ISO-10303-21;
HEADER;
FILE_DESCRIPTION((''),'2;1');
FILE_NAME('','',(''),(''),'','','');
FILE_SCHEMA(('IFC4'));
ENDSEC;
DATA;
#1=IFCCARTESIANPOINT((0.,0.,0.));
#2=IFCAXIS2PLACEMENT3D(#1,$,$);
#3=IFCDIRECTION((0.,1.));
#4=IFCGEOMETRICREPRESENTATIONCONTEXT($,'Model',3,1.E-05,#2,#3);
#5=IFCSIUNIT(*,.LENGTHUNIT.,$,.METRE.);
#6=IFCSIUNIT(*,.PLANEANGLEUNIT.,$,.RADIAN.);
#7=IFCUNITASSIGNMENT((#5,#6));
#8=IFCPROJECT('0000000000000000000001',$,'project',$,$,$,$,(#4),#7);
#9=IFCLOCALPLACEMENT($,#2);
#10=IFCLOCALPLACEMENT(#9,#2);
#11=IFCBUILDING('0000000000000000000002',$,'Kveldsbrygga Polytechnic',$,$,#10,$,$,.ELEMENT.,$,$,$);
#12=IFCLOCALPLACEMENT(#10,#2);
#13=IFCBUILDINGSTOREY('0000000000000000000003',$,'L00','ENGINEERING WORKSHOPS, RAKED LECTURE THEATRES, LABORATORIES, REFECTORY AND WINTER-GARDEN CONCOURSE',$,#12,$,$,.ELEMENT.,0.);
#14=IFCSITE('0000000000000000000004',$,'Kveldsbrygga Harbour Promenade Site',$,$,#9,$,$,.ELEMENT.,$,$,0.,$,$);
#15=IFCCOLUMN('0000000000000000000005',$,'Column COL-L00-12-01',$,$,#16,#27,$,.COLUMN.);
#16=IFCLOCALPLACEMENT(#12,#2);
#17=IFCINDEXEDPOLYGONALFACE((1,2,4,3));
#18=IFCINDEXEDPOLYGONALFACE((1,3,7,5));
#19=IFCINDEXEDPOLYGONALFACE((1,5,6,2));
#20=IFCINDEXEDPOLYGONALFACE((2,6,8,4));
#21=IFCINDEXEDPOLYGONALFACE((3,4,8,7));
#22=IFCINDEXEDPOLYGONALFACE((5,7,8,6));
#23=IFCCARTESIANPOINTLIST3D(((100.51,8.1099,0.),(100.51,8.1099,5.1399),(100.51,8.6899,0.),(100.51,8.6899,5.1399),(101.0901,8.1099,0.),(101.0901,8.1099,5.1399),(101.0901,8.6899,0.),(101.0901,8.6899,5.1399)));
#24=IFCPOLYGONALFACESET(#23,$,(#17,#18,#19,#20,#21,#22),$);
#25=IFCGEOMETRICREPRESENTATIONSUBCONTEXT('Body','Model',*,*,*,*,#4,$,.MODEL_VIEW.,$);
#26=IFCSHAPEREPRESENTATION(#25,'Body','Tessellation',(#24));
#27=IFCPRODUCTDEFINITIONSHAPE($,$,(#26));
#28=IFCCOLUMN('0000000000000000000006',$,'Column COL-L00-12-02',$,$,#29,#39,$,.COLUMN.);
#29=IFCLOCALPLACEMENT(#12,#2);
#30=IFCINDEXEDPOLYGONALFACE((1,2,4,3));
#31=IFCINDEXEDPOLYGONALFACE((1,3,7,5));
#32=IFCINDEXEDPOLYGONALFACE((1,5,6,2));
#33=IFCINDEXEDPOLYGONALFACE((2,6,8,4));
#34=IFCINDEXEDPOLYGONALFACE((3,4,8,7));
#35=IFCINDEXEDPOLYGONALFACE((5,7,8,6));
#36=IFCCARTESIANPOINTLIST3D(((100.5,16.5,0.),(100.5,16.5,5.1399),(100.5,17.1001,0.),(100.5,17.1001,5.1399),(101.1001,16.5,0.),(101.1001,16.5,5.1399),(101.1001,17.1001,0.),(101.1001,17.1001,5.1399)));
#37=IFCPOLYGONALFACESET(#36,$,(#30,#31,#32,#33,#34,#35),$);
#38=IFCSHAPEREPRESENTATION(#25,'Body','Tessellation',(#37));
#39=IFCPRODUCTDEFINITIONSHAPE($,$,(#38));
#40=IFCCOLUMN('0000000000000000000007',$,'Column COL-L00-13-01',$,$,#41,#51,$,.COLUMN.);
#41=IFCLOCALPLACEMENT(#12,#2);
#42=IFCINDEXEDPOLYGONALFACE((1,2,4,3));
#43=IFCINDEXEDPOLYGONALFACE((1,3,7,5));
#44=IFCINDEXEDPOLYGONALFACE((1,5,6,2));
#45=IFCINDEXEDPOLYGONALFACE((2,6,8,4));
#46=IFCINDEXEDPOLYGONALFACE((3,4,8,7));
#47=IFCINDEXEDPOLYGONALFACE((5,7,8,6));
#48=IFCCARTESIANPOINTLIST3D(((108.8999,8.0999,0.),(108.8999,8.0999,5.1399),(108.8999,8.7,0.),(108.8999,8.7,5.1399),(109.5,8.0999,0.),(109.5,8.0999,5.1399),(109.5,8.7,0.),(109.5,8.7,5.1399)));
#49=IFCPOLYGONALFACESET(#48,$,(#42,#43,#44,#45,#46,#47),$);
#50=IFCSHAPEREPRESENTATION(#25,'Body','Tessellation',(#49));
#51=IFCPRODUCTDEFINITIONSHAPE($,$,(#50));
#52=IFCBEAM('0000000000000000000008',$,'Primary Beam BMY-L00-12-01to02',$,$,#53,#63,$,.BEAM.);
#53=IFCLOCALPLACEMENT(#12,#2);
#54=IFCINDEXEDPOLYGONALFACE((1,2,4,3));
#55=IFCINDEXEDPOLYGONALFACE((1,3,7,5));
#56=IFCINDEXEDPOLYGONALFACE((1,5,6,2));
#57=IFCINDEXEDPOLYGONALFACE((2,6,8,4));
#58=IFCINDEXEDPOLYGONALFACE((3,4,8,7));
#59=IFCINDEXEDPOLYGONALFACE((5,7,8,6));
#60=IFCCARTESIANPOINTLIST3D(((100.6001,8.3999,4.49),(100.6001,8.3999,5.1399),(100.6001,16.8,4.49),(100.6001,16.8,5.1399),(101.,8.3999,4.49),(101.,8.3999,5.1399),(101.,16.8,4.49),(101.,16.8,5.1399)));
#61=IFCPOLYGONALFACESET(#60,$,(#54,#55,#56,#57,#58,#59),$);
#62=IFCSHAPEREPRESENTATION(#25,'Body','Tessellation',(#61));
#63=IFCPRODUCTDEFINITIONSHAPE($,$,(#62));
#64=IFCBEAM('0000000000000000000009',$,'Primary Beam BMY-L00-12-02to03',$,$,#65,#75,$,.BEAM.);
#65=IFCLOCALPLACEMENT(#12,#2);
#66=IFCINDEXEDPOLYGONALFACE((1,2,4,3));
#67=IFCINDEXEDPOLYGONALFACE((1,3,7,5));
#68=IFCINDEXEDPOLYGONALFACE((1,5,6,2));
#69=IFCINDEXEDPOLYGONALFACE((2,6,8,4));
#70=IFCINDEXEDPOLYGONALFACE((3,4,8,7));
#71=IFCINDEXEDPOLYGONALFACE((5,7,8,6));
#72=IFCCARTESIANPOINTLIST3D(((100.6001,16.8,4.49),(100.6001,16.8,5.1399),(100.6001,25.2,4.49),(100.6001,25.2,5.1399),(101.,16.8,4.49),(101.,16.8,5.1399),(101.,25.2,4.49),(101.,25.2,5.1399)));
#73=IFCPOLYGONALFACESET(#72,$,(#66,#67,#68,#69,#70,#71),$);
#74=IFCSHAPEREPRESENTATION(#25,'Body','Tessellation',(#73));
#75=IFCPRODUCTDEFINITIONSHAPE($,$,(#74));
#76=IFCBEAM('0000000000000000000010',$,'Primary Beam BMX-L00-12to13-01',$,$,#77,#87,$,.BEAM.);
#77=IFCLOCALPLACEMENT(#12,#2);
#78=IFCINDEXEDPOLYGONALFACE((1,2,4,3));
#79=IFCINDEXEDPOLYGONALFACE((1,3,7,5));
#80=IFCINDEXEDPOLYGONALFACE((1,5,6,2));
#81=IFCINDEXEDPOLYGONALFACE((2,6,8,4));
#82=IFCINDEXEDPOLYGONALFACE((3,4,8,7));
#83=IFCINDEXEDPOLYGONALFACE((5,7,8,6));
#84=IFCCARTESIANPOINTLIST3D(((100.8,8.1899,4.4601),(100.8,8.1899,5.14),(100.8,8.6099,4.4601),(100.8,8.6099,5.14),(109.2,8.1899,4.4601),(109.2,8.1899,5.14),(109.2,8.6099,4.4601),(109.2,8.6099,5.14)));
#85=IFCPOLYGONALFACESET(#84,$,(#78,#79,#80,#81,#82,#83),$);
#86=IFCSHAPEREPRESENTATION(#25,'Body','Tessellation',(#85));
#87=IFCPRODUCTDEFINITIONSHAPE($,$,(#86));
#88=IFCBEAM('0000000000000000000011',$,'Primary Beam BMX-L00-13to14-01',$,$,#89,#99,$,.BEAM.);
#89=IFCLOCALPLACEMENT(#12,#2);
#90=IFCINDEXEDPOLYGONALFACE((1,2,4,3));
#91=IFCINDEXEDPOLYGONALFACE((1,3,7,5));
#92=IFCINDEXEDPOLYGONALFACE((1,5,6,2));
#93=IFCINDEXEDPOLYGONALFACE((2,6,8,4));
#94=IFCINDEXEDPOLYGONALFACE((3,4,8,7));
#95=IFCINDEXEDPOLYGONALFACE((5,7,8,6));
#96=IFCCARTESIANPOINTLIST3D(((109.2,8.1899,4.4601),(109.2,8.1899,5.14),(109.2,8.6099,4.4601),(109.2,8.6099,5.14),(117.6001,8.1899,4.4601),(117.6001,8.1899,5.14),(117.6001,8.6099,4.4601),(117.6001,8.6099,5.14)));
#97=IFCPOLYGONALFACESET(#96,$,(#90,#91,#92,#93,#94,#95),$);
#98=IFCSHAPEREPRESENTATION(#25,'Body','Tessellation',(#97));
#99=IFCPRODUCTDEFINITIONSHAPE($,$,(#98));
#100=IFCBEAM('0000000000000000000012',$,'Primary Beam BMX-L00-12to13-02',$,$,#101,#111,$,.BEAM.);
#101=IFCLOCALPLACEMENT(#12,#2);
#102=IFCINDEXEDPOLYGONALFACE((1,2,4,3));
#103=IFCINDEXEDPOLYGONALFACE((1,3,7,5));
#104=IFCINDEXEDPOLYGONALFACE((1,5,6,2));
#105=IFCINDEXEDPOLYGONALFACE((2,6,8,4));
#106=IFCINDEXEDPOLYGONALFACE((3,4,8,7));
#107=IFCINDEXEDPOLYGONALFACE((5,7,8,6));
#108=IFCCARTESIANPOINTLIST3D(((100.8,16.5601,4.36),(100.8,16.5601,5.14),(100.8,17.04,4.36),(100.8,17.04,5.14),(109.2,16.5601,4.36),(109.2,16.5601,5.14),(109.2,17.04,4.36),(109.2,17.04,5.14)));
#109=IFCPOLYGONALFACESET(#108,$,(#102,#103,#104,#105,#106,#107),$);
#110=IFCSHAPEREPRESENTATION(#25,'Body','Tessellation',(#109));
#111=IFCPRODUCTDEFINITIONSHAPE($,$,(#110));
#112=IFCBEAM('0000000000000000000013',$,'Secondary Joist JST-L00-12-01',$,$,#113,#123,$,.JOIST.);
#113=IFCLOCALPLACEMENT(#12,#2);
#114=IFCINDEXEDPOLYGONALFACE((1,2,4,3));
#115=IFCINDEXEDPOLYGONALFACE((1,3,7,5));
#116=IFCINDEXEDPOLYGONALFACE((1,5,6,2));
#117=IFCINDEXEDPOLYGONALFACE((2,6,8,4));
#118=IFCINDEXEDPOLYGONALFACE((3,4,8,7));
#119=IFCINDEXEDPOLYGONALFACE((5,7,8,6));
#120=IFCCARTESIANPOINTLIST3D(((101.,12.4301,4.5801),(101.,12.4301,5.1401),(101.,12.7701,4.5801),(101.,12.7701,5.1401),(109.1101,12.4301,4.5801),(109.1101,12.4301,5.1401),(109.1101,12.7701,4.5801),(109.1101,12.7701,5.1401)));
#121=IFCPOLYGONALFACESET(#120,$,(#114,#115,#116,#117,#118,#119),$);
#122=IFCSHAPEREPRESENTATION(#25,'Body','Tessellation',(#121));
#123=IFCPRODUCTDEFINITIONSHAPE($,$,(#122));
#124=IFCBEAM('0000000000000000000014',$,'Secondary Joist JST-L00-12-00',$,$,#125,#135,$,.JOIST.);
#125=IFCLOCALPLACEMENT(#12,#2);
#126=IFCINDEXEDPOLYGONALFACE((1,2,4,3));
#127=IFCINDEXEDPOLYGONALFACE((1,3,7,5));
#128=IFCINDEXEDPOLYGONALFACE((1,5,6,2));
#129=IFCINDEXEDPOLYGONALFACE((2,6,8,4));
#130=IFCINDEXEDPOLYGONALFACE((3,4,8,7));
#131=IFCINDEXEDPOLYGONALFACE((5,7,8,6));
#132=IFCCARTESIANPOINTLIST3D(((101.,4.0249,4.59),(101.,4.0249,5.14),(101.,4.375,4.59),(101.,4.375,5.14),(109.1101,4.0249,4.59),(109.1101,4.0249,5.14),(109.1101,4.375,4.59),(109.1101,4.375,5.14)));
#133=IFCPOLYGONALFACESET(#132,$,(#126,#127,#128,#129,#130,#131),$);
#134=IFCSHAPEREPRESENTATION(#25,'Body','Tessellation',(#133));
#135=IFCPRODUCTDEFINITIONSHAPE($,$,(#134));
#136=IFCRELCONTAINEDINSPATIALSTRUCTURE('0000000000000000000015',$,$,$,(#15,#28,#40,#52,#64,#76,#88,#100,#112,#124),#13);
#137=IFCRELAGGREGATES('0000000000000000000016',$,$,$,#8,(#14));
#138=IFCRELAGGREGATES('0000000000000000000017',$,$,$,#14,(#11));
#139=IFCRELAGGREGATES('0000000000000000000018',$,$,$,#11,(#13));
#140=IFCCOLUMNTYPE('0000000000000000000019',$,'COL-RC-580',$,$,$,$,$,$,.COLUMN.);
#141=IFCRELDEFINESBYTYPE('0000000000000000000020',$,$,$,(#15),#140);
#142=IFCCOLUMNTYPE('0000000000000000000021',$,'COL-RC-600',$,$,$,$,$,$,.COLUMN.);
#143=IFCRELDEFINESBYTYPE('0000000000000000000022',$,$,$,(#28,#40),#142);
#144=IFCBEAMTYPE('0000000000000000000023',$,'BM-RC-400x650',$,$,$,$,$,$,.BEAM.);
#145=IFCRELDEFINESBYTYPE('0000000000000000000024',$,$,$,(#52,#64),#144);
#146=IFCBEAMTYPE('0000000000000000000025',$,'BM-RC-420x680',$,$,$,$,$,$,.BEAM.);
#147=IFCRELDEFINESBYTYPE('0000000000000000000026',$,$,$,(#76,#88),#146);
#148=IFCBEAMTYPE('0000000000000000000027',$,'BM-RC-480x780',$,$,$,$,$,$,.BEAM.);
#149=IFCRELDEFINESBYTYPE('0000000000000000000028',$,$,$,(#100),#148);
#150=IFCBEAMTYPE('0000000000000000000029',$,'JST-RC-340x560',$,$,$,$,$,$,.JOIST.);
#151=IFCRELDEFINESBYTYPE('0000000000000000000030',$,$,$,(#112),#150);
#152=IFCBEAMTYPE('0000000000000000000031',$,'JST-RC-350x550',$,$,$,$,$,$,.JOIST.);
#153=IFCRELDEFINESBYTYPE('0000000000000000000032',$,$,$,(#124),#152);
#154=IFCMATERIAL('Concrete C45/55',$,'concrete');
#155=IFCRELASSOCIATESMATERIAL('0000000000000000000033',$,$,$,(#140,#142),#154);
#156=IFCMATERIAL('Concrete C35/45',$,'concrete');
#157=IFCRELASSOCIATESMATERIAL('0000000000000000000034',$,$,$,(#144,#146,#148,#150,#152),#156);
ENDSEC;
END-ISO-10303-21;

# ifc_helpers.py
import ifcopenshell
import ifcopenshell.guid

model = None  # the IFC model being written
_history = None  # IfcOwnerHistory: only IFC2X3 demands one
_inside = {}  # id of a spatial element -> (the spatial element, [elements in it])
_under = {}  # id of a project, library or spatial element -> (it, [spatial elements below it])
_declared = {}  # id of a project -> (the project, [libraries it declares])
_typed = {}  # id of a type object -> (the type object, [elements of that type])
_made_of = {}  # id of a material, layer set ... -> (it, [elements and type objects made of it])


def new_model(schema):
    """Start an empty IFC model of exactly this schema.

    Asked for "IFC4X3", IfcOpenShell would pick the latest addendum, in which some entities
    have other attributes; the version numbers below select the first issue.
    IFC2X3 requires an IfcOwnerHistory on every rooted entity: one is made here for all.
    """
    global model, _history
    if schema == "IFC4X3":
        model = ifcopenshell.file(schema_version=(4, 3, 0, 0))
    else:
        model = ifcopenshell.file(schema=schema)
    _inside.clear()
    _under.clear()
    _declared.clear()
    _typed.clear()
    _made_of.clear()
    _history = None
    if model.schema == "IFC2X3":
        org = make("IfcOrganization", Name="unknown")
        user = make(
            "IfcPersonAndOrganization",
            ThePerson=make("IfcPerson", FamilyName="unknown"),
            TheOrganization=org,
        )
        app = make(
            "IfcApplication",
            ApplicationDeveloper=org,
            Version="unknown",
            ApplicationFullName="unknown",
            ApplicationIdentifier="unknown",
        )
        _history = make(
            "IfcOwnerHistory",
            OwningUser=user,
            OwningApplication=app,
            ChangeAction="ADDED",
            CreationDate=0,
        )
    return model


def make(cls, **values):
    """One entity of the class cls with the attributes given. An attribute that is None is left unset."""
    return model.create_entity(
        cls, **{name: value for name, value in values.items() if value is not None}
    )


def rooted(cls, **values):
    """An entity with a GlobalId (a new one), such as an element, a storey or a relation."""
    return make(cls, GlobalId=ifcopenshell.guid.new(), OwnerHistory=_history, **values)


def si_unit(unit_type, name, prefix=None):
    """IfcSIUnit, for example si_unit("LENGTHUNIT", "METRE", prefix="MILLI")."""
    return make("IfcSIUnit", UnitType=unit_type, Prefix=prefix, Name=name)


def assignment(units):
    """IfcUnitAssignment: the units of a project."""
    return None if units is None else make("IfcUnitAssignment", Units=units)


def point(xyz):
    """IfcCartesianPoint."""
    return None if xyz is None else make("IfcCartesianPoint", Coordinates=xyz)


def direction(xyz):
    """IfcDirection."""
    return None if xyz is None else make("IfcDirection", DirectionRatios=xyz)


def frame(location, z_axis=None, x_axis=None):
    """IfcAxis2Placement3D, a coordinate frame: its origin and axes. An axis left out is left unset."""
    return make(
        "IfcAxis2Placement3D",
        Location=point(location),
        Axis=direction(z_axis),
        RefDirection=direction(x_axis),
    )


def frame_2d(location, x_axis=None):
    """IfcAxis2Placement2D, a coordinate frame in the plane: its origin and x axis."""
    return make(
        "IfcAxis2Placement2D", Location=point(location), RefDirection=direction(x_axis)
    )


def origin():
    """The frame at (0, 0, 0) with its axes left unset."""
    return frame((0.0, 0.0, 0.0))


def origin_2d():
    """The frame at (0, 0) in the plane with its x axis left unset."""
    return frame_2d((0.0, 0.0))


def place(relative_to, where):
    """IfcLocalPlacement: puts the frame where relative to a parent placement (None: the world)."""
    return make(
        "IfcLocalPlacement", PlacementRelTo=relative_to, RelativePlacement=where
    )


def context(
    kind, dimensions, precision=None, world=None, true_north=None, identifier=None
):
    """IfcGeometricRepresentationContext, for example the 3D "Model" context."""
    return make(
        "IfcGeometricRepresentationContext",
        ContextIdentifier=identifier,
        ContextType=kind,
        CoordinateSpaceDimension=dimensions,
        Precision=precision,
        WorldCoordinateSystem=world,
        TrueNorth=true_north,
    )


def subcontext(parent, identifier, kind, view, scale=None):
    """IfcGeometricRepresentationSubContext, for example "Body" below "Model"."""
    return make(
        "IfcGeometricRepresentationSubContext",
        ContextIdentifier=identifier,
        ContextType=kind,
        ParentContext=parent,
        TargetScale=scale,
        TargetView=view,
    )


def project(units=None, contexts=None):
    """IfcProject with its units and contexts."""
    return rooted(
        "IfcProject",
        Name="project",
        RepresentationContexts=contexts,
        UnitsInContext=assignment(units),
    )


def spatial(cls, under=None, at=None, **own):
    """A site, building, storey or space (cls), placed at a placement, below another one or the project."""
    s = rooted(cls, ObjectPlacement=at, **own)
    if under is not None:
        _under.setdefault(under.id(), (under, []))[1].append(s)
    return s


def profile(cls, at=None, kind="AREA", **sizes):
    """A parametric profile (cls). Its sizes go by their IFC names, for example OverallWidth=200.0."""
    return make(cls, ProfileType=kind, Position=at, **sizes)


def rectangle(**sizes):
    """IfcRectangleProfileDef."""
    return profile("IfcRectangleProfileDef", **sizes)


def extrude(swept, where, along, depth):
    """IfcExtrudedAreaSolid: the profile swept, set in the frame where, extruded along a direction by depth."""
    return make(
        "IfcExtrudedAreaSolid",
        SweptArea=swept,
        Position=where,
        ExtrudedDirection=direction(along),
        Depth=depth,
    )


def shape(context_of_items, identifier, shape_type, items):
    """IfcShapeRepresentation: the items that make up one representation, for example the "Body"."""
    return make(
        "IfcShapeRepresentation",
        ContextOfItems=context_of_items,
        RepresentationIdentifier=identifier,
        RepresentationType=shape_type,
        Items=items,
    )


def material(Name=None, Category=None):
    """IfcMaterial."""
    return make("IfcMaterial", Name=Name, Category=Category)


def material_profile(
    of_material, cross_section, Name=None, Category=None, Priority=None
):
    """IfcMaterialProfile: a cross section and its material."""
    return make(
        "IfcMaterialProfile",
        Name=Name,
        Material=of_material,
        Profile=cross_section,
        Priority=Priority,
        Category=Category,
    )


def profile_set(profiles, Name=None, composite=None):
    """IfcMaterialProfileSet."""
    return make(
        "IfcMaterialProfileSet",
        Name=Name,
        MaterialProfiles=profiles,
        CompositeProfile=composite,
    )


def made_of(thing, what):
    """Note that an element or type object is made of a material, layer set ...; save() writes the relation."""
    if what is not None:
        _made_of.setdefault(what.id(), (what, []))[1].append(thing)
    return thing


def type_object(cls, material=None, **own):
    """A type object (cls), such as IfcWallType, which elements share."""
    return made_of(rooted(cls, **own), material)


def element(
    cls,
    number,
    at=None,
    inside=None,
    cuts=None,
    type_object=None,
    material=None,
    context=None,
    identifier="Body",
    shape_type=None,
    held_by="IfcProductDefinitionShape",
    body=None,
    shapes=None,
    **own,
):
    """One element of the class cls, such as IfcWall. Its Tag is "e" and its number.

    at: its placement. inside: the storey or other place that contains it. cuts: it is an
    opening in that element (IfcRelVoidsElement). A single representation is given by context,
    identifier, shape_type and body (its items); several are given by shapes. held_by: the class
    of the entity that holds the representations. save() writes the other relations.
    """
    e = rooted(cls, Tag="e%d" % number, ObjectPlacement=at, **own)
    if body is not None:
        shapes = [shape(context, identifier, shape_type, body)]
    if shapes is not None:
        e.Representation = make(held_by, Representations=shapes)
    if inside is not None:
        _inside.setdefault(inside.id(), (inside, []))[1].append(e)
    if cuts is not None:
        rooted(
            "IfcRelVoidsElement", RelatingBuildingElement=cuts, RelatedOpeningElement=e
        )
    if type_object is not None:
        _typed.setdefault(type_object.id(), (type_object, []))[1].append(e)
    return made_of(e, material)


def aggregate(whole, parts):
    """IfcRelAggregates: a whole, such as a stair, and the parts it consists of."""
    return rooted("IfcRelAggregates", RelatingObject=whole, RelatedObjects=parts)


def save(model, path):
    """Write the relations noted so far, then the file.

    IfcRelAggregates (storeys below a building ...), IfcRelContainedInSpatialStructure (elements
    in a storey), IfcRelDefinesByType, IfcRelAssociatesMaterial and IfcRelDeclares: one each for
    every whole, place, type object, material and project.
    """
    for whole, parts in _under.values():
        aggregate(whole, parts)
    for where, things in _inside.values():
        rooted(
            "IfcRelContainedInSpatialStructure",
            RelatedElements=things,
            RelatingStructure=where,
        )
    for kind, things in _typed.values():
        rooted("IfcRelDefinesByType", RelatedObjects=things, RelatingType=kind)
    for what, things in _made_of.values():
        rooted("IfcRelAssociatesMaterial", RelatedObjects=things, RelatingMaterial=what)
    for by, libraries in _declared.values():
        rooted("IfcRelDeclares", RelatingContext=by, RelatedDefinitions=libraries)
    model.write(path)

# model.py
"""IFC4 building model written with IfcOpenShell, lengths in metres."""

from ifc_helpers import new_model, si_unit, direction, frame, origin, origin_2d, place, context, subcontext, project, spatial, rectangle, extrude, material, material_profile, profile_set, type_object, element, save


model = new_model("IFC4")

# Units and contexts
model_context = context("Model", 3, precision=1e-05, world=origin(), true_north=direction((0.0, 1.0)))
body_context = subcontext(model_context, "Body", "Model", "MODEL_VIEW")
ifc_project = project(units=[si_unit("LENGTHUNIT", "METRE"), si_unit("PLANEANGLEUNIT", "RADIAN")], contexts=[model_context])

# Site, building, storey
site_placement = place(None, origin())
site = spatial("IfcSite", under=ifc_project, at=site_placement, Name="Kveldsbrygga Harbour Promenade Site", CompositionType="ELEMENT", RefElevation=0.0)
building_placement = place(site_placement, origin())
building = spatial("IfcBuilding", under=site, at=building_placement, Name="Kveldsbrygga Polytechnic", CompositionType="ELEMENT")
storey_placement = place(building_placement, origin())
storey = spatial("IfcBuildingStorey", under=building, at=storey_placement, Name="L00", Description="ENGINEERING WORKSHOPS, RAKED LECTURE THEATRES, LABORATORIES, REFECTORY AND WINTER-GARDEN CONCOURSE", CompositionType="ELEMENT", Elevation=0.0)

# Columns
ifc_material_1 = material(Name="Concrete C45/55", Category="concrete")
ifc_material_profile_1 = material_profile(ifc_material_1, rectangle(XDim=0.5801, YDim=0.5801, at=origin_2d()), Name="RC 580x580")
ifc_profile_set_1 = profile_set([ifc_material_profile_1], Name="Concrete C45/55")
column_type_1 = type_object("IfcColumnType", Name="COL-RC-580", PredefinedType="COLUMN", material=ifc_profile_set_1)
column_placement = place(storey_placement, frame((100.8, 8.3999, 0.0), z_axis=(0.0, 0.0, 1.0), x_axis=(1.0, 0.0, 0.0)))
element("IfcColumn", 1, at=column_placement, inside=storey, type_object=column_type_1, Name="Column COL-L00-12-01", PredefinedType="COLUMN", context=body_context, shape_type="SweptSolid", body=[
    extrude(rectangle(XDim=0.5801, YDim=0.5801, at=origin_2d()), origin(), (0.0, 0.0, 1.0), 5.1399),
])
ifc_material_profile_2 = material_profile(ifc_material_1, rectangle(XDim=0.6001, YDim=0.6001, at=origin_2d()), Name="RC 600x600")
ifc_profile_set_2 = profile_set([ifc_material_profile_2], Name="Concrete C45/55")
column_type_2 = type_object("IfcColumnType", Name="COL-RC-600", PredefinedType="COLUMN", material=ifc_profile_set_2)
for number, where, z_axis, x_axis, name in (
    (2, (100.8, 16.8, 0.0), (0.0, 0.0, 1.0), (1.0, 0.0, 0.0), "Column COL-L00-12-02"),
    (3, (109.2, 8.3999, 0.0), (0.0, 0.0, 1.0), (1.0, 0.0, 0.0), "Column COL-L00-13-01"),
):
    element("IfcColumn", number, at=place(storey_placement, frame(where, z_axis=z_axis, x_axis=x_axis)), inside=storey, type_object=column_type_2, Name=name, PredefinedType="COLUMN", context=body_context, shape_type="SweptSolid", body=[
        extrude(rectangle(XDim=0.6001, YDim=0.6001, at=origin_2d()), origin(), (0.0, 0.0, 1.0), 5.1399),
    ])

# Beams
ifc_material_2 = material(Name="Concrete C35/45", Category="concrete")
ifc_material_profile_3 = material_profile(ifc_material_2, rectangle(XDim=0.3999, YDim=0.6499, at=origin_2d()), Name="RC 400x650")
ifc_profile_set_3 = profile_set([ifc_material_profile_3], Name="Concrete C35/45")
beam_type_1 = type_object("IfcBeamType", Name="BM-RC-400x650", PredefinedType="BEAM", material=ifc_profile_set_3)
beam_1_placement = place(storey_placement, frame((100.8, 8.3999, 4.8149), z_axis=(0.0, 1.0, 0.0), x_axis=(-1.0, 0.0, 0.0)))
element("IfcBeam", 4, at=beam_1_placement, inside=storey, type_object=beam_type_1, Name="Primary Beam BMY-L00-12-01to02", PredefinedType="BEAM", context=body_context, shape_type="SweptSolid", body=[
    extrude(rectangle(XDim=0.3999, YDim=0.6499, at=origin_2d()), origin(), (0.0, 0.0, 1.0), 8.4001),
])
beam_2_placement = place(storey_placement, frame((100.8, 16.8, 4.8149), z_axis=(0.0, 1.0, 0.0), x_axis=(-1.0, 0.0, 0.0)))
element("IfcBeam", 5, at=beam_2_placement, inside=storey, type_object=beam_type_1, Name="Primary Beam BMY-L00-12-02to03", PredefinedType="BEAM", context=body_context, shape_type="SweptSolid", body=[
    extrude(rectangle(XDim=0.3999, YDim=0.6499, at=origin_2d()), origin(), (0.0, 0.0, 1.0), 8.3999),
])
ifc_material_profile_4 = material_profile(ifc_material_2, rectangle(XDim=0.4199, YDim=0.6799, at=origin_2d()), Name="RC 420x680")
ifc_profile_set_4 = profile_set([ifc_material_profile_4], Name="Concrete C35/45")
beam_type_2 = type_object("IfcBeamType", Name="BM-RC-420x680", PredefinedType="BEAM", material=ifc_profile_set_4)
beam_3_placement = place(storey_placement, frame((100.8, 8.3999, 4.8), z_axis=(1.0, 0.0, 0.0), x_axis=(0.0, 1.0, 0.0)))
element("IfcBeam", 6, at=beam_3_placement, inside=storey, type_object=beam_type_2, Name="Primary Beam BMX-L00-12to13-01", PredefinedType="BEAM", context=body_context, shape_type="SweptSolid", body=[
    extrude(rectangle(XDim=0.4199, YDim=0.6799, at=origin_2d()), origin(), (0.0, 0.0, 1.0), 8.3999),
])
beam_4_placement = place(storey_placement, frame((109.2, 8.3999, 4.8), z_axis=(1.0, 0.0, 0.0), x_axis=(0.0, 1.0, 0.0)))
element("IfcBeam", 7, at=beam_4_placement, inside=storey, type_object=beam_type_2, Name="Primary Beam BMX-L00-13to14-01", PredefinedType="BEAM", context=body_context, shape_type="SweptSolid", body=[
    extrude(rectangle(XDim=0.4199, YDim=0.6799, at=origin_2d()), origin(), (0.0, 0.0, 1.0), 8.4001),
])
ifc_material_profile_5 = material_profile(ifc_material_2, rectangle(XDim=0.48, YDim=0.78, at=origin_2d()), Name="RC 480x780")
ifc_profile_set_5 = profile_set([ifc_material_profile_5], Name="Concrete C35/45")
beam_type_3 = type_object("IfcBeamType", Name="BM-RC-480x780", PredefinedType="BEAM", material=ifc_profile_set_5)
beam_5_placement = place(storey_placement, frame((100.8, 16.8, 4.75), z_axis=(1.0, 0.0, 0.0), x_axis=(0.0, 1.0, 0.0)))
element("IfcBeam", 8, at=beam_5_placement, inside=storey, type_object=beam_type_3, Name="Primary Beam BMX-L00-12to13-02", PredefinedType="BEAM", context=body_context, shape_type="SweptSolid", body=[
    extrude(rectangle(XDim=0.48, YDim=0.78, at=origin_2d()), origin(), (0.0, 0.0, 1.0), 8.3999),
])
ifc_material_profile_6 = material_profile(ifc_material_2, rectangle(XDim=0.3401, YDim=0.5601, at=origin_2d()), Name="RC 340x560")
ifc_profile_set_6 = profile_set([ifc_material_profile_6], Name="Concrete C35/45")
beam_type_4 = type_object("IfcBeamType", Name="JST-RC-340x560", PredefinedType="JOIST", material=ifc_profile_set_6)
beam_6_placement = place(storey_placement, frame((101.0, 12.6001, 4.8601), z_axis=(1.0, 0.0, 0.0), x_axis=(0.0, 1.0, 0.0)))
element("IfcBeam", 9, at=beam_6_placement, inside=storey, type_object=beam_type_4, Name="Secondary Joist JST-L00-12-01", PredefinedType="JOIST", context=body_context, shape_type="SweptSolid", body=[
    extrude(rectangle(XDim=0.3401, YDim=0.5601, at=origin_2d()), origin(), (0.0, 0.0, 1.0), 8.1101),
])
ifc_material_profile_7 = material_profile(ifc_material_2, rectangle(XDim=0.3501, YDim=0.55, at=origin_2d()), Name="RC 350x550")
ifc_profile_set_7 = profile_set([ifc_material_profile_7], Name="Concrete C35/45")
beam_type_5 = type_object("IfcBeamType", Name="JST-RC-350x550", PredefinedType="JOIST", material=ifc_profile_set_7)
beam_7_placement = place(storey_placement, frame((101.0, 4.2, 4.865), z_axis=(1.0, 0.0, 0.0), x_axis=(0.0, 1.0, 0.0)))
element("IfcBeam", 10, at=beam_7_placement, inside=storey, type_object=beam_type_5, Name="Secondary Joist JST-L00-12-00", PredefinedType="JOIST", context=body_context, shape_type="SweptSolid", body=[
    extrude(rectangle(XDim=0.3501, YDim=0.55, at=origin_2d()), origin(), (0.0, 0.0, 1.0), 8.1101),
])

save(model, "model.ifc")
